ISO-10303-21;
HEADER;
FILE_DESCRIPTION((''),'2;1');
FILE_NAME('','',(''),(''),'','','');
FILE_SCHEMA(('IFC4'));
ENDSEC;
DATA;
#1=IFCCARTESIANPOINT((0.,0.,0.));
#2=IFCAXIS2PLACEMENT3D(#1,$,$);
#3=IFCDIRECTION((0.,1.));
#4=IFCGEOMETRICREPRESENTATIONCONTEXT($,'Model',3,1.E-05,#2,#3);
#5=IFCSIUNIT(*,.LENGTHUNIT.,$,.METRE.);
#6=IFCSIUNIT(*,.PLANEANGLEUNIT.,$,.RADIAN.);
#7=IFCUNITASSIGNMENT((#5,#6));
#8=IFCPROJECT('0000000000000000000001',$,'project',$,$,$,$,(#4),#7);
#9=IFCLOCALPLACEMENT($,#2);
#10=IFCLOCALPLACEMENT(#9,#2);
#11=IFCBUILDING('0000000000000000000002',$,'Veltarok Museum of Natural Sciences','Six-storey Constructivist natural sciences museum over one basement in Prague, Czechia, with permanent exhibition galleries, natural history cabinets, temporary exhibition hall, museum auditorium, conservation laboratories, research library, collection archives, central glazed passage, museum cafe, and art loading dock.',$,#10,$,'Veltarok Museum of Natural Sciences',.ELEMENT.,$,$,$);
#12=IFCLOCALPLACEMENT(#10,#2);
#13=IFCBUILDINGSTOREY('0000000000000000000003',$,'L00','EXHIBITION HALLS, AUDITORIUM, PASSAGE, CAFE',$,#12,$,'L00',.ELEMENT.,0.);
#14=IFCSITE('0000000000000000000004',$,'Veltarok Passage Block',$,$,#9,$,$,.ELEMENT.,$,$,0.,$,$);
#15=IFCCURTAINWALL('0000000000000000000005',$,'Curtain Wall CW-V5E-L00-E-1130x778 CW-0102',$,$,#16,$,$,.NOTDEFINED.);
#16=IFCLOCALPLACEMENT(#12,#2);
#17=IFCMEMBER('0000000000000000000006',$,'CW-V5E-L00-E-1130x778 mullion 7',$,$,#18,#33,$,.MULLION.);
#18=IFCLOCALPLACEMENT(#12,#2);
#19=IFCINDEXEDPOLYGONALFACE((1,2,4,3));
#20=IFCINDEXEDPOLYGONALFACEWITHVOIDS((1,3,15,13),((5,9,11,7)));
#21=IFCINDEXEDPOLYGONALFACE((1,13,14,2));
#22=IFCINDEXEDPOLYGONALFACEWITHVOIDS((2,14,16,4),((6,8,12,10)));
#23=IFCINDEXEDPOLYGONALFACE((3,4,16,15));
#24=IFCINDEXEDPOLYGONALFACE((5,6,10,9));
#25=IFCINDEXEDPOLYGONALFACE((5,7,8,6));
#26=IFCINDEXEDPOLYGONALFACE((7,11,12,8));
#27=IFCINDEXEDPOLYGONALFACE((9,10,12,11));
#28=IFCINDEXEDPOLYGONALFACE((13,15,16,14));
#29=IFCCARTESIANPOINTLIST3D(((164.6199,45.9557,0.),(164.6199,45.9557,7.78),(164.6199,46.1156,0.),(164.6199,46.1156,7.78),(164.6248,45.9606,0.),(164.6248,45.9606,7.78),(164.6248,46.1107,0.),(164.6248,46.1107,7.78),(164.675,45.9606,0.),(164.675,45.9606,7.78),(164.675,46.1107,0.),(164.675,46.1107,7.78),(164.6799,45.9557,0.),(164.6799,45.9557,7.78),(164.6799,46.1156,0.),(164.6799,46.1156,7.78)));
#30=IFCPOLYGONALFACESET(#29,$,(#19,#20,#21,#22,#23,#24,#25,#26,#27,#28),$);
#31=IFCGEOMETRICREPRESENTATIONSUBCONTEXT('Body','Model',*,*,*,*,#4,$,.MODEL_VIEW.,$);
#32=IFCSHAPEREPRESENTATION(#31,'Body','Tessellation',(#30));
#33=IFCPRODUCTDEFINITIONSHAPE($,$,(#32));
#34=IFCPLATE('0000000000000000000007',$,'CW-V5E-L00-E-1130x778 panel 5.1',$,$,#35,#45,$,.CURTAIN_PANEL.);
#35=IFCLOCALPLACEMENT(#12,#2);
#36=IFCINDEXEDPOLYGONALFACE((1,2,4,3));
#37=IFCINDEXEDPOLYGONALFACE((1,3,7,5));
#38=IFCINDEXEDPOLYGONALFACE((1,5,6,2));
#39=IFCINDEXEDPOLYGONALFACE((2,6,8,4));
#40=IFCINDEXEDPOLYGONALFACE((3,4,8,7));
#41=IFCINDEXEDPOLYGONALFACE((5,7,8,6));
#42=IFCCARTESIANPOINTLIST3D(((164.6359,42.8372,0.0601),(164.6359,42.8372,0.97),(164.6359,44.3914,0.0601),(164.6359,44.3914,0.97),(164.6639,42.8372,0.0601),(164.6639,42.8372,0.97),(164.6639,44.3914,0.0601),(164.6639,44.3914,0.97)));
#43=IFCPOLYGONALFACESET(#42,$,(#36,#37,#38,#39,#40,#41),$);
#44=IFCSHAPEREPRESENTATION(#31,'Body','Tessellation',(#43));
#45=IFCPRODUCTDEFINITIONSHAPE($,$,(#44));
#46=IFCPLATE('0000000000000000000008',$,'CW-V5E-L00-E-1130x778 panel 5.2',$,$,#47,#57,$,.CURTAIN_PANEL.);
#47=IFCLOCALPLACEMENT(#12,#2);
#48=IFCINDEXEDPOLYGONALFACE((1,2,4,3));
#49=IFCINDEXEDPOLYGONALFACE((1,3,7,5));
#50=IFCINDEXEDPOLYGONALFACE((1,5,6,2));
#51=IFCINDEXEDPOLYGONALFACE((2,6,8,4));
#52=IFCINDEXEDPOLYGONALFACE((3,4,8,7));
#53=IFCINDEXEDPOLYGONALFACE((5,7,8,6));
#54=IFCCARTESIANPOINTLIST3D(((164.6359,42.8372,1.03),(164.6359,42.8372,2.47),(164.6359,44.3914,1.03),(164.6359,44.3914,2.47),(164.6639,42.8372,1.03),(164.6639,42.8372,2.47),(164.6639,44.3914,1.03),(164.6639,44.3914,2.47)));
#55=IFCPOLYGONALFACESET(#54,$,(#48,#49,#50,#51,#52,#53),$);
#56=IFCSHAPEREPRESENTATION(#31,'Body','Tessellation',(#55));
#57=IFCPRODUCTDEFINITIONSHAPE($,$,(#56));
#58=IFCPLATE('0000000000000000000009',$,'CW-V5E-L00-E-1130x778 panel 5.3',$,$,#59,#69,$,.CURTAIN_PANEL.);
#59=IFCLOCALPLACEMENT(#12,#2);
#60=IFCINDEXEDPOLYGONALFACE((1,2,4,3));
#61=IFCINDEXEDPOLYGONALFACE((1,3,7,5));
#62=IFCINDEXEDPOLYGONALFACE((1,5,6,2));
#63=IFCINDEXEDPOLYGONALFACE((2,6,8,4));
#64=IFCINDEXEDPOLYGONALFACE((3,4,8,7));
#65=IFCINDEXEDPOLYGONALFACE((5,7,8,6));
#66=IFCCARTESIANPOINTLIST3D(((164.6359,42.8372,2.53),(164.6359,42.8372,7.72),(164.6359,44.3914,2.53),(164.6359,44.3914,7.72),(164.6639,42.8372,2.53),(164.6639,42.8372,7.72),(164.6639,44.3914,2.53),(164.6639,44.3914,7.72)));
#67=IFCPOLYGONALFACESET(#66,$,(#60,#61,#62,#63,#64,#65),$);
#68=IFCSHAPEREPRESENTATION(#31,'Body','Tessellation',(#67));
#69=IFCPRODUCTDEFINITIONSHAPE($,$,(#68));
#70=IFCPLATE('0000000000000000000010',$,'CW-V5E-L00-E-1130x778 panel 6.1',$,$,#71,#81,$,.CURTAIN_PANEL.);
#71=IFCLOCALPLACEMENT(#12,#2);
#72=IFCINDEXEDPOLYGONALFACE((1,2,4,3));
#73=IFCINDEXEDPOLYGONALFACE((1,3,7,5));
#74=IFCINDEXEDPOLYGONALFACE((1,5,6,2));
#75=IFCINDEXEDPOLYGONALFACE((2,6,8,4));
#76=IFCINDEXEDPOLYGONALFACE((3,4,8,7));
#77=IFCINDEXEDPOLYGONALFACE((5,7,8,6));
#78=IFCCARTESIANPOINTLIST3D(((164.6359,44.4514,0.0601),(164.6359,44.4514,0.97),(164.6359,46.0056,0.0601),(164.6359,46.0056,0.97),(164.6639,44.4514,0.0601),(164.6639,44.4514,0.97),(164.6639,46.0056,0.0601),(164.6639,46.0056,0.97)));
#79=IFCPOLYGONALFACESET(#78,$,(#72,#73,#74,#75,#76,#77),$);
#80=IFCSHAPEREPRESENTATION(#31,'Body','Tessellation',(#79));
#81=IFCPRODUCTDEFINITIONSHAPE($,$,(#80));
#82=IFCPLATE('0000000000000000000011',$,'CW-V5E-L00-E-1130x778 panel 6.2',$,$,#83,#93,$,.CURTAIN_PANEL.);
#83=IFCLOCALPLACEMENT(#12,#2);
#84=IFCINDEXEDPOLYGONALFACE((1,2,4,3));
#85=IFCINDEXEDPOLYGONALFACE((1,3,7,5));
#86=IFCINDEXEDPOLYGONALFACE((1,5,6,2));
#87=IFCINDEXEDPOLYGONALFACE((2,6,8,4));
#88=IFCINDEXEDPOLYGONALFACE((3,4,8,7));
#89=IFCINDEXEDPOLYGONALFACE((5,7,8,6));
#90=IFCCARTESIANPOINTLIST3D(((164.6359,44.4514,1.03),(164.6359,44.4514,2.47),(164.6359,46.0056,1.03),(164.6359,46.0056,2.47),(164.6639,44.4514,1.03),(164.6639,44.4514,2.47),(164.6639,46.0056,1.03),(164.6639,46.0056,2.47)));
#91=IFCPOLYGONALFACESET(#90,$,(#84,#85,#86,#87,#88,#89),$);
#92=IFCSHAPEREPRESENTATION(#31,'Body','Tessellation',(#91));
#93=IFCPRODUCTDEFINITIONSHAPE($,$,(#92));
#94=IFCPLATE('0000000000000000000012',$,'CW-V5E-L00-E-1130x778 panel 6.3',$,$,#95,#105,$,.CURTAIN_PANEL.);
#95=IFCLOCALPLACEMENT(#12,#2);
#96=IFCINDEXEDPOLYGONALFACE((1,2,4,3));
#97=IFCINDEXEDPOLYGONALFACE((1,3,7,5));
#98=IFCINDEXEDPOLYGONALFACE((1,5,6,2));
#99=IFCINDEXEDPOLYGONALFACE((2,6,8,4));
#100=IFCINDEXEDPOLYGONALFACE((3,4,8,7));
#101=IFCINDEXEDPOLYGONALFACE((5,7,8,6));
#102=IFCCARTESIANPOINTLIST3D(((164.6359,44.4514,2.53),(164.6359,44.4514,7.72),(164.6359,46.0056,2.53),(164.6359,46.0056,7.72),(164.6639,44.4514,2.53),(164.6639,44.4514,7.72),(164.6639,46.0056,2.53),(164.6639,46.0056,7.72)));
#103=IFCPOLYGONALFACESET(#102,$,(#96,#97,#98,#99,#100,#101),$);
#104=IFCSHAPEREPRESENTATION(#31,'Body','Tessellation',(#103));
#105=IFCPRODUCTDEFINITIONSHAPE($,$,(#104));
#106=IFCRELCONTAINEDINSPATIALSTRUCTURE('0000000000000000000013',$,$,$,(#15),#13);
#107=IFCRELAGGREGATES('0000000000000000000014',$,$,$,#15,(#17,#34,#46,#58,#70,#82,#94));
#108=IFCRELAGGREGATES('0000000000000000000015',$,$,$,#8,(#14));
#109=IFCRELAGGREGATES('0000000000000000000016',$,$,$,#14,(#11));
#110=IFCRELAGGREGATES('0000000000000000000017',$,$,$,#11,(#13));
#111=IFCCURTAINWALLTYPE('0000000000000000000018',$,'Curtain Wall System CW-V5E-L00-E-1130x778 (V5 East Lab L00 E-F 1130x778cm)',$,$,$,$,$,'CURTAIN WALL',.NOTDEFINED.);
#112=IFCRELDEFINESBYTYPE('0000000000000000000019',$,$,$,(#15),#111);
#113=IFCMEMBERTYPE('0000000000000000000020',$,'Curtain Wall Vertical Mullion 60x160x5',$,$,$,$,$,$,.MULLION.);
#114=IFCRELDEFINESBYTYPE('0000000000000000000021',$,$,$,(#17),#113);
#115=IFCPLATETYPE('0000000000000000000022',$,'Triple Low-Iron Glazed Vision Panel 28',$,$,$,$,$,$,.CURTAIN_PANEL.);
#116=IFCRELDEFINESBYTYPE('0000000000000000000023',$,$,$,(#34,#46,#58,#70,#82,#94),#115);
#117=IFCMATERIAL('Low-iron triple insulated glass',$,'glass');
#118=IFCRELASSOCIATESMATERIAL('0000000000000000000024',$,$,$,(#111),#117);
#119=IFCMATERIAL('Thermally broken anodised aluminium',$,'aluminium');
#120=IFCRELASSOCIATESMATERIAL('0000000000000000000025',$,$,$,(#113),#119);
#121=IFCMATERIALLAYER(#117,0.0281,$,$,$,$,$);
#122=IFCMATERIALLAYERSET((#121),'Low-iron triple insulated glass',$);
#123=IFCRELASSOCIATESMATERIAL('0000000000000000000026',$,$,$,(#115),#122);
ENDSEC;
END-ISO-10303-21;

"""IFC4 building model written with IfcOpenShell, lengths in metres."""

from ifc_helpers import new_model, si_unit, direction, frame, origin, origin_2d, place, context, subcontext, project, spatial, rectangle, hollow_rectangle, extrude, material, layer, layer_set, material_profile, profile_set, type_object, element, aggregate, save


model = new_model("IFC4")

# Units and contexts
model_context = context("Model", 3, precision=1e-05, world=origin(), true_north=direction((0.0, 1.0)))
body_context = subcontext(model_context, "Body", "Model", "MODEL_VIEW")
ifc_project = project(units=[si_unit("LENGTHUNIT", "METRE"), si_unit("PLANEANGLEUNIT", "RADIAN")], contexts=[model_context])

# Site, building, storey
site_placement = place(None, origin())
site = spatial("IfcSite", under=ifc_project, at=site_placement, Name="Veltarok Passage Block", CompositionType="ELEMENT", RefElevation=0.0)
building_placement = place(site_placement, origin())
building = spatial("IfcBuilding", under=site, at=building_placement, Name="Veltarok Museum of Natural Sciences", Description="Six-storey Constructivist natural sciences museum over one basement in Prague, Czechia, with permanent exhibition galleries, natural history cabinets, temporary exhibition hall, museum auditorium, conservation laboratories, research library, collection archives, central glazed passage, museum cafe, and art loading dock.", LongName="Veltarok Museum of Natural Sciences", CompositionType="ELEMENT")
storey_placement = place(building_placement, origin())
storey = spatial("IfcBuildingStorey", under=building, at=storey_placement, Name="L00", Description="EXHIBITION HALLS, AUDITORIUM, PASSAGE, CAFE", LongName="L00", CompositionType="ELEMENT", Elevation=0.0)

# Curtain wall, member, plates
ifc_material_1 = material(Name="Low-iron triple insulated glass", Category="glass")
curtain_wall_type = type_object("IfcCurtainWallType", Name="Curtain Wall System CW-V5E-L00-E-1130x778 (V5 East Lab L00 E-F 1130x778cm)", ElementType="CURTAIN WALL", PredefinedType="NOTDEFINED", material=ifc_material_1)
curtain_wall_placement = place(storey_placement, origin())
curtain_wall = element("IfcCurtainWall", 1, at=curtain_wall_placement, inside=storey, type_object=curtain_wall_type, Name="Curtain Wall CW-V5E-L00-E-1130x778 CW-0102", PredefinedType="NOTDEFINED")
ifc_material_2 = material(Name="Thermally broken anodised aluminium", Category="aluminium")
ifc_material_profile_1 = material_profile(ifc_material_2, hollow_rectangle(XDim=0.0601, YDim=0.1599, WallThickness=0.0049, at=origin_2d()), Name="CW MULLION 60x160x5")
ifc_profile_set_1 = profile_set([ifc_material_profile_1], Name="Thermally broken anodised aluminium")
member_type_1 = type_object("IfcMemberType", Name="Curtain Wall Vertical Mullion 60x160x5", PredefinedType="MULLION", material=ifc_profile_set_1)
member_1_placement = place(storey_placement, frame((164.6499, 46.0356, 0.0), z_axis=(0.0, 0.0, 1.0), x_axis=(-1.0, 0.0, 0.0)))
member_1 = element("IfcMember", 2, at=member_1_placement, type_object=member_type_1, Name="CW-V5E-L00-E-1130x778 mullion 7", PredefinedType="MULLION", context=body_context, shape_type="SweptSolid", body=[
    extrude(hollow_rectangle(XDim=0.0601, YDim=0.1599, WallThickness=0.0049, at=origin_2d()), origin(), (0.0, 0.0, 1.0), 7.78),
])
ifc_layer = layer(ifc_material_1, 0.0281)
ifc_layer_set = layer_set([ifc_layer], Name="Low-iron triple insulated glass")
plate_type = type_object("IfcPlateType", Name="Triple Low-Iron Glazed Vision Panel 28", PredefinedType="CURTAIN_PANEL", material=ifc_layer_set)
plate_1_placement = place(storey_placement, frame((164.6499, 43.6143, 0.0601), z_axis=(0.0, 0.0, 1.0), x_axis=(0.0, 1.0, 0.0)))
plate_1 = element("IfcPlate", 3, at=plate_1_placement, type_object=plate_type, Name="CW-V5E-L00-E-1130x778 panel 5.1", PredefinedType="CURTAIN_PANEL", context=body_context, shape_type="SweptSolid", body=[
    extrude(rectangle(XDim=1.5542, YDim=0.0281, at=origin_2d()), origin(), (0.0, 0.0, 1.0), 0.9099),
])
plate_2_placement = place(storey_placement, frame((164.6499, 43.6143, 1.03), z_axis=(0.0, 0.0, 1.0), x_axis=(0.0, 1.0, 0.0)))
plate_2 = element("IfcPlate", 4, at=plate_2_placement, type_object=plate_type, Name="CW-V5E-L00-E-1130x778 panel 5.2", PredefinedType="CURTAIN_PANEL", context=body_context, shape_type="SweptSolid", body=[
    extrude(rectangle(XDim=1.5542, YDim=0.0281, at=origin_2d()), origin(), (0.0, 0.0, 1.0), 1.4399),
])
plate_3_placement = place(storey_placement, frame((164.6499, 43.6143, 2.53), z_axis=(0.0, 0.0, 1.0), x_axis=(0.0, 1.0, 0.0)))
plate_3 = element("IfcPlate", 5, at=plate_3_placement, type_object=plate_type, Name="CW-V5E-L00-E-1130x778 panel 5.3", PredefinedType="CURTAIN_PANEL", context=body_context, shape_type="SweptSolid", body=[
    extrude(rectangle(XDim=1.5542, YDim=0.0281, at=origin_2d()), origin(), (0.0, 0.0, 1.0), 5.1899),
])
plate_4_placement = place(storey_placement, frame((164.6499, 45.2285, 0.0601), z_axis=(0.0, 0.0, 1.0), x_axis=(0.0, 1.0, 0.0)))
plate_4 = element("IfcPlate", 6, at=plate_4_placement, type_object=plate_type, Name="CW-V5E-L00-E-1130x778 panel 6.1", PredefinedType="CURTAIN_PANEL", context=body_context, shape_type="SweptSolid", body=[
    extrude(rectangle(XDim=1.5542, YDim=0.0281, at=origin_2d()), origin(), (0.0, 0.0, 1.0), 0.9099),
])
plate_5_placement = place(storey_placement, frame((164.6499, 45.2285, 1.03), z_axis=(0.0, 0.0, 1.0), x_axis=(0.0, 1.0, 0.0)))
plate_5 = element("IfcPlate", 7, at=plate_5_placement, type_object=plate_type, Name="CW-V5E-L00-E-1130x778 panel 6.2", PredefinedType="CURTAIN_PANEL", context=body_context, shape_type="SweptSolid", body=[
    extrude(rectangle(XDim=1.5542, YDim=0.0281, at=origin_2d()), origin(), (0.0, 0.0, 1.0), 1.4399),
])
plate_6_placement = place(storey_placement, frame((164.6499, 45.2285, 2.53), z_axis=(0.0, 0.0, 1.0), x_axis=(0.0, 1.0, 0.0)))
plate_6 = element("IfcPlate", 8, at=plate_6_placement, type_object=plate_type, Name="CW-V5E-L00-E-1130x778 panel 6.3", PredefinedType="CURTAIN_PANEL", context=body_context, shape_type="SweptSolid", body=[
    extrude(rectangle(XDim=1.5542, YDim=0.0281, at=origin_2d()), origin(), (0.0, 0.0, 1.0), 5.1899),
])
aggregate(curtain_wall, [member_1, plate_1, plate_2, plate_3, plate_4, plate_5, plate_6])

save(model, "model.ifc")
